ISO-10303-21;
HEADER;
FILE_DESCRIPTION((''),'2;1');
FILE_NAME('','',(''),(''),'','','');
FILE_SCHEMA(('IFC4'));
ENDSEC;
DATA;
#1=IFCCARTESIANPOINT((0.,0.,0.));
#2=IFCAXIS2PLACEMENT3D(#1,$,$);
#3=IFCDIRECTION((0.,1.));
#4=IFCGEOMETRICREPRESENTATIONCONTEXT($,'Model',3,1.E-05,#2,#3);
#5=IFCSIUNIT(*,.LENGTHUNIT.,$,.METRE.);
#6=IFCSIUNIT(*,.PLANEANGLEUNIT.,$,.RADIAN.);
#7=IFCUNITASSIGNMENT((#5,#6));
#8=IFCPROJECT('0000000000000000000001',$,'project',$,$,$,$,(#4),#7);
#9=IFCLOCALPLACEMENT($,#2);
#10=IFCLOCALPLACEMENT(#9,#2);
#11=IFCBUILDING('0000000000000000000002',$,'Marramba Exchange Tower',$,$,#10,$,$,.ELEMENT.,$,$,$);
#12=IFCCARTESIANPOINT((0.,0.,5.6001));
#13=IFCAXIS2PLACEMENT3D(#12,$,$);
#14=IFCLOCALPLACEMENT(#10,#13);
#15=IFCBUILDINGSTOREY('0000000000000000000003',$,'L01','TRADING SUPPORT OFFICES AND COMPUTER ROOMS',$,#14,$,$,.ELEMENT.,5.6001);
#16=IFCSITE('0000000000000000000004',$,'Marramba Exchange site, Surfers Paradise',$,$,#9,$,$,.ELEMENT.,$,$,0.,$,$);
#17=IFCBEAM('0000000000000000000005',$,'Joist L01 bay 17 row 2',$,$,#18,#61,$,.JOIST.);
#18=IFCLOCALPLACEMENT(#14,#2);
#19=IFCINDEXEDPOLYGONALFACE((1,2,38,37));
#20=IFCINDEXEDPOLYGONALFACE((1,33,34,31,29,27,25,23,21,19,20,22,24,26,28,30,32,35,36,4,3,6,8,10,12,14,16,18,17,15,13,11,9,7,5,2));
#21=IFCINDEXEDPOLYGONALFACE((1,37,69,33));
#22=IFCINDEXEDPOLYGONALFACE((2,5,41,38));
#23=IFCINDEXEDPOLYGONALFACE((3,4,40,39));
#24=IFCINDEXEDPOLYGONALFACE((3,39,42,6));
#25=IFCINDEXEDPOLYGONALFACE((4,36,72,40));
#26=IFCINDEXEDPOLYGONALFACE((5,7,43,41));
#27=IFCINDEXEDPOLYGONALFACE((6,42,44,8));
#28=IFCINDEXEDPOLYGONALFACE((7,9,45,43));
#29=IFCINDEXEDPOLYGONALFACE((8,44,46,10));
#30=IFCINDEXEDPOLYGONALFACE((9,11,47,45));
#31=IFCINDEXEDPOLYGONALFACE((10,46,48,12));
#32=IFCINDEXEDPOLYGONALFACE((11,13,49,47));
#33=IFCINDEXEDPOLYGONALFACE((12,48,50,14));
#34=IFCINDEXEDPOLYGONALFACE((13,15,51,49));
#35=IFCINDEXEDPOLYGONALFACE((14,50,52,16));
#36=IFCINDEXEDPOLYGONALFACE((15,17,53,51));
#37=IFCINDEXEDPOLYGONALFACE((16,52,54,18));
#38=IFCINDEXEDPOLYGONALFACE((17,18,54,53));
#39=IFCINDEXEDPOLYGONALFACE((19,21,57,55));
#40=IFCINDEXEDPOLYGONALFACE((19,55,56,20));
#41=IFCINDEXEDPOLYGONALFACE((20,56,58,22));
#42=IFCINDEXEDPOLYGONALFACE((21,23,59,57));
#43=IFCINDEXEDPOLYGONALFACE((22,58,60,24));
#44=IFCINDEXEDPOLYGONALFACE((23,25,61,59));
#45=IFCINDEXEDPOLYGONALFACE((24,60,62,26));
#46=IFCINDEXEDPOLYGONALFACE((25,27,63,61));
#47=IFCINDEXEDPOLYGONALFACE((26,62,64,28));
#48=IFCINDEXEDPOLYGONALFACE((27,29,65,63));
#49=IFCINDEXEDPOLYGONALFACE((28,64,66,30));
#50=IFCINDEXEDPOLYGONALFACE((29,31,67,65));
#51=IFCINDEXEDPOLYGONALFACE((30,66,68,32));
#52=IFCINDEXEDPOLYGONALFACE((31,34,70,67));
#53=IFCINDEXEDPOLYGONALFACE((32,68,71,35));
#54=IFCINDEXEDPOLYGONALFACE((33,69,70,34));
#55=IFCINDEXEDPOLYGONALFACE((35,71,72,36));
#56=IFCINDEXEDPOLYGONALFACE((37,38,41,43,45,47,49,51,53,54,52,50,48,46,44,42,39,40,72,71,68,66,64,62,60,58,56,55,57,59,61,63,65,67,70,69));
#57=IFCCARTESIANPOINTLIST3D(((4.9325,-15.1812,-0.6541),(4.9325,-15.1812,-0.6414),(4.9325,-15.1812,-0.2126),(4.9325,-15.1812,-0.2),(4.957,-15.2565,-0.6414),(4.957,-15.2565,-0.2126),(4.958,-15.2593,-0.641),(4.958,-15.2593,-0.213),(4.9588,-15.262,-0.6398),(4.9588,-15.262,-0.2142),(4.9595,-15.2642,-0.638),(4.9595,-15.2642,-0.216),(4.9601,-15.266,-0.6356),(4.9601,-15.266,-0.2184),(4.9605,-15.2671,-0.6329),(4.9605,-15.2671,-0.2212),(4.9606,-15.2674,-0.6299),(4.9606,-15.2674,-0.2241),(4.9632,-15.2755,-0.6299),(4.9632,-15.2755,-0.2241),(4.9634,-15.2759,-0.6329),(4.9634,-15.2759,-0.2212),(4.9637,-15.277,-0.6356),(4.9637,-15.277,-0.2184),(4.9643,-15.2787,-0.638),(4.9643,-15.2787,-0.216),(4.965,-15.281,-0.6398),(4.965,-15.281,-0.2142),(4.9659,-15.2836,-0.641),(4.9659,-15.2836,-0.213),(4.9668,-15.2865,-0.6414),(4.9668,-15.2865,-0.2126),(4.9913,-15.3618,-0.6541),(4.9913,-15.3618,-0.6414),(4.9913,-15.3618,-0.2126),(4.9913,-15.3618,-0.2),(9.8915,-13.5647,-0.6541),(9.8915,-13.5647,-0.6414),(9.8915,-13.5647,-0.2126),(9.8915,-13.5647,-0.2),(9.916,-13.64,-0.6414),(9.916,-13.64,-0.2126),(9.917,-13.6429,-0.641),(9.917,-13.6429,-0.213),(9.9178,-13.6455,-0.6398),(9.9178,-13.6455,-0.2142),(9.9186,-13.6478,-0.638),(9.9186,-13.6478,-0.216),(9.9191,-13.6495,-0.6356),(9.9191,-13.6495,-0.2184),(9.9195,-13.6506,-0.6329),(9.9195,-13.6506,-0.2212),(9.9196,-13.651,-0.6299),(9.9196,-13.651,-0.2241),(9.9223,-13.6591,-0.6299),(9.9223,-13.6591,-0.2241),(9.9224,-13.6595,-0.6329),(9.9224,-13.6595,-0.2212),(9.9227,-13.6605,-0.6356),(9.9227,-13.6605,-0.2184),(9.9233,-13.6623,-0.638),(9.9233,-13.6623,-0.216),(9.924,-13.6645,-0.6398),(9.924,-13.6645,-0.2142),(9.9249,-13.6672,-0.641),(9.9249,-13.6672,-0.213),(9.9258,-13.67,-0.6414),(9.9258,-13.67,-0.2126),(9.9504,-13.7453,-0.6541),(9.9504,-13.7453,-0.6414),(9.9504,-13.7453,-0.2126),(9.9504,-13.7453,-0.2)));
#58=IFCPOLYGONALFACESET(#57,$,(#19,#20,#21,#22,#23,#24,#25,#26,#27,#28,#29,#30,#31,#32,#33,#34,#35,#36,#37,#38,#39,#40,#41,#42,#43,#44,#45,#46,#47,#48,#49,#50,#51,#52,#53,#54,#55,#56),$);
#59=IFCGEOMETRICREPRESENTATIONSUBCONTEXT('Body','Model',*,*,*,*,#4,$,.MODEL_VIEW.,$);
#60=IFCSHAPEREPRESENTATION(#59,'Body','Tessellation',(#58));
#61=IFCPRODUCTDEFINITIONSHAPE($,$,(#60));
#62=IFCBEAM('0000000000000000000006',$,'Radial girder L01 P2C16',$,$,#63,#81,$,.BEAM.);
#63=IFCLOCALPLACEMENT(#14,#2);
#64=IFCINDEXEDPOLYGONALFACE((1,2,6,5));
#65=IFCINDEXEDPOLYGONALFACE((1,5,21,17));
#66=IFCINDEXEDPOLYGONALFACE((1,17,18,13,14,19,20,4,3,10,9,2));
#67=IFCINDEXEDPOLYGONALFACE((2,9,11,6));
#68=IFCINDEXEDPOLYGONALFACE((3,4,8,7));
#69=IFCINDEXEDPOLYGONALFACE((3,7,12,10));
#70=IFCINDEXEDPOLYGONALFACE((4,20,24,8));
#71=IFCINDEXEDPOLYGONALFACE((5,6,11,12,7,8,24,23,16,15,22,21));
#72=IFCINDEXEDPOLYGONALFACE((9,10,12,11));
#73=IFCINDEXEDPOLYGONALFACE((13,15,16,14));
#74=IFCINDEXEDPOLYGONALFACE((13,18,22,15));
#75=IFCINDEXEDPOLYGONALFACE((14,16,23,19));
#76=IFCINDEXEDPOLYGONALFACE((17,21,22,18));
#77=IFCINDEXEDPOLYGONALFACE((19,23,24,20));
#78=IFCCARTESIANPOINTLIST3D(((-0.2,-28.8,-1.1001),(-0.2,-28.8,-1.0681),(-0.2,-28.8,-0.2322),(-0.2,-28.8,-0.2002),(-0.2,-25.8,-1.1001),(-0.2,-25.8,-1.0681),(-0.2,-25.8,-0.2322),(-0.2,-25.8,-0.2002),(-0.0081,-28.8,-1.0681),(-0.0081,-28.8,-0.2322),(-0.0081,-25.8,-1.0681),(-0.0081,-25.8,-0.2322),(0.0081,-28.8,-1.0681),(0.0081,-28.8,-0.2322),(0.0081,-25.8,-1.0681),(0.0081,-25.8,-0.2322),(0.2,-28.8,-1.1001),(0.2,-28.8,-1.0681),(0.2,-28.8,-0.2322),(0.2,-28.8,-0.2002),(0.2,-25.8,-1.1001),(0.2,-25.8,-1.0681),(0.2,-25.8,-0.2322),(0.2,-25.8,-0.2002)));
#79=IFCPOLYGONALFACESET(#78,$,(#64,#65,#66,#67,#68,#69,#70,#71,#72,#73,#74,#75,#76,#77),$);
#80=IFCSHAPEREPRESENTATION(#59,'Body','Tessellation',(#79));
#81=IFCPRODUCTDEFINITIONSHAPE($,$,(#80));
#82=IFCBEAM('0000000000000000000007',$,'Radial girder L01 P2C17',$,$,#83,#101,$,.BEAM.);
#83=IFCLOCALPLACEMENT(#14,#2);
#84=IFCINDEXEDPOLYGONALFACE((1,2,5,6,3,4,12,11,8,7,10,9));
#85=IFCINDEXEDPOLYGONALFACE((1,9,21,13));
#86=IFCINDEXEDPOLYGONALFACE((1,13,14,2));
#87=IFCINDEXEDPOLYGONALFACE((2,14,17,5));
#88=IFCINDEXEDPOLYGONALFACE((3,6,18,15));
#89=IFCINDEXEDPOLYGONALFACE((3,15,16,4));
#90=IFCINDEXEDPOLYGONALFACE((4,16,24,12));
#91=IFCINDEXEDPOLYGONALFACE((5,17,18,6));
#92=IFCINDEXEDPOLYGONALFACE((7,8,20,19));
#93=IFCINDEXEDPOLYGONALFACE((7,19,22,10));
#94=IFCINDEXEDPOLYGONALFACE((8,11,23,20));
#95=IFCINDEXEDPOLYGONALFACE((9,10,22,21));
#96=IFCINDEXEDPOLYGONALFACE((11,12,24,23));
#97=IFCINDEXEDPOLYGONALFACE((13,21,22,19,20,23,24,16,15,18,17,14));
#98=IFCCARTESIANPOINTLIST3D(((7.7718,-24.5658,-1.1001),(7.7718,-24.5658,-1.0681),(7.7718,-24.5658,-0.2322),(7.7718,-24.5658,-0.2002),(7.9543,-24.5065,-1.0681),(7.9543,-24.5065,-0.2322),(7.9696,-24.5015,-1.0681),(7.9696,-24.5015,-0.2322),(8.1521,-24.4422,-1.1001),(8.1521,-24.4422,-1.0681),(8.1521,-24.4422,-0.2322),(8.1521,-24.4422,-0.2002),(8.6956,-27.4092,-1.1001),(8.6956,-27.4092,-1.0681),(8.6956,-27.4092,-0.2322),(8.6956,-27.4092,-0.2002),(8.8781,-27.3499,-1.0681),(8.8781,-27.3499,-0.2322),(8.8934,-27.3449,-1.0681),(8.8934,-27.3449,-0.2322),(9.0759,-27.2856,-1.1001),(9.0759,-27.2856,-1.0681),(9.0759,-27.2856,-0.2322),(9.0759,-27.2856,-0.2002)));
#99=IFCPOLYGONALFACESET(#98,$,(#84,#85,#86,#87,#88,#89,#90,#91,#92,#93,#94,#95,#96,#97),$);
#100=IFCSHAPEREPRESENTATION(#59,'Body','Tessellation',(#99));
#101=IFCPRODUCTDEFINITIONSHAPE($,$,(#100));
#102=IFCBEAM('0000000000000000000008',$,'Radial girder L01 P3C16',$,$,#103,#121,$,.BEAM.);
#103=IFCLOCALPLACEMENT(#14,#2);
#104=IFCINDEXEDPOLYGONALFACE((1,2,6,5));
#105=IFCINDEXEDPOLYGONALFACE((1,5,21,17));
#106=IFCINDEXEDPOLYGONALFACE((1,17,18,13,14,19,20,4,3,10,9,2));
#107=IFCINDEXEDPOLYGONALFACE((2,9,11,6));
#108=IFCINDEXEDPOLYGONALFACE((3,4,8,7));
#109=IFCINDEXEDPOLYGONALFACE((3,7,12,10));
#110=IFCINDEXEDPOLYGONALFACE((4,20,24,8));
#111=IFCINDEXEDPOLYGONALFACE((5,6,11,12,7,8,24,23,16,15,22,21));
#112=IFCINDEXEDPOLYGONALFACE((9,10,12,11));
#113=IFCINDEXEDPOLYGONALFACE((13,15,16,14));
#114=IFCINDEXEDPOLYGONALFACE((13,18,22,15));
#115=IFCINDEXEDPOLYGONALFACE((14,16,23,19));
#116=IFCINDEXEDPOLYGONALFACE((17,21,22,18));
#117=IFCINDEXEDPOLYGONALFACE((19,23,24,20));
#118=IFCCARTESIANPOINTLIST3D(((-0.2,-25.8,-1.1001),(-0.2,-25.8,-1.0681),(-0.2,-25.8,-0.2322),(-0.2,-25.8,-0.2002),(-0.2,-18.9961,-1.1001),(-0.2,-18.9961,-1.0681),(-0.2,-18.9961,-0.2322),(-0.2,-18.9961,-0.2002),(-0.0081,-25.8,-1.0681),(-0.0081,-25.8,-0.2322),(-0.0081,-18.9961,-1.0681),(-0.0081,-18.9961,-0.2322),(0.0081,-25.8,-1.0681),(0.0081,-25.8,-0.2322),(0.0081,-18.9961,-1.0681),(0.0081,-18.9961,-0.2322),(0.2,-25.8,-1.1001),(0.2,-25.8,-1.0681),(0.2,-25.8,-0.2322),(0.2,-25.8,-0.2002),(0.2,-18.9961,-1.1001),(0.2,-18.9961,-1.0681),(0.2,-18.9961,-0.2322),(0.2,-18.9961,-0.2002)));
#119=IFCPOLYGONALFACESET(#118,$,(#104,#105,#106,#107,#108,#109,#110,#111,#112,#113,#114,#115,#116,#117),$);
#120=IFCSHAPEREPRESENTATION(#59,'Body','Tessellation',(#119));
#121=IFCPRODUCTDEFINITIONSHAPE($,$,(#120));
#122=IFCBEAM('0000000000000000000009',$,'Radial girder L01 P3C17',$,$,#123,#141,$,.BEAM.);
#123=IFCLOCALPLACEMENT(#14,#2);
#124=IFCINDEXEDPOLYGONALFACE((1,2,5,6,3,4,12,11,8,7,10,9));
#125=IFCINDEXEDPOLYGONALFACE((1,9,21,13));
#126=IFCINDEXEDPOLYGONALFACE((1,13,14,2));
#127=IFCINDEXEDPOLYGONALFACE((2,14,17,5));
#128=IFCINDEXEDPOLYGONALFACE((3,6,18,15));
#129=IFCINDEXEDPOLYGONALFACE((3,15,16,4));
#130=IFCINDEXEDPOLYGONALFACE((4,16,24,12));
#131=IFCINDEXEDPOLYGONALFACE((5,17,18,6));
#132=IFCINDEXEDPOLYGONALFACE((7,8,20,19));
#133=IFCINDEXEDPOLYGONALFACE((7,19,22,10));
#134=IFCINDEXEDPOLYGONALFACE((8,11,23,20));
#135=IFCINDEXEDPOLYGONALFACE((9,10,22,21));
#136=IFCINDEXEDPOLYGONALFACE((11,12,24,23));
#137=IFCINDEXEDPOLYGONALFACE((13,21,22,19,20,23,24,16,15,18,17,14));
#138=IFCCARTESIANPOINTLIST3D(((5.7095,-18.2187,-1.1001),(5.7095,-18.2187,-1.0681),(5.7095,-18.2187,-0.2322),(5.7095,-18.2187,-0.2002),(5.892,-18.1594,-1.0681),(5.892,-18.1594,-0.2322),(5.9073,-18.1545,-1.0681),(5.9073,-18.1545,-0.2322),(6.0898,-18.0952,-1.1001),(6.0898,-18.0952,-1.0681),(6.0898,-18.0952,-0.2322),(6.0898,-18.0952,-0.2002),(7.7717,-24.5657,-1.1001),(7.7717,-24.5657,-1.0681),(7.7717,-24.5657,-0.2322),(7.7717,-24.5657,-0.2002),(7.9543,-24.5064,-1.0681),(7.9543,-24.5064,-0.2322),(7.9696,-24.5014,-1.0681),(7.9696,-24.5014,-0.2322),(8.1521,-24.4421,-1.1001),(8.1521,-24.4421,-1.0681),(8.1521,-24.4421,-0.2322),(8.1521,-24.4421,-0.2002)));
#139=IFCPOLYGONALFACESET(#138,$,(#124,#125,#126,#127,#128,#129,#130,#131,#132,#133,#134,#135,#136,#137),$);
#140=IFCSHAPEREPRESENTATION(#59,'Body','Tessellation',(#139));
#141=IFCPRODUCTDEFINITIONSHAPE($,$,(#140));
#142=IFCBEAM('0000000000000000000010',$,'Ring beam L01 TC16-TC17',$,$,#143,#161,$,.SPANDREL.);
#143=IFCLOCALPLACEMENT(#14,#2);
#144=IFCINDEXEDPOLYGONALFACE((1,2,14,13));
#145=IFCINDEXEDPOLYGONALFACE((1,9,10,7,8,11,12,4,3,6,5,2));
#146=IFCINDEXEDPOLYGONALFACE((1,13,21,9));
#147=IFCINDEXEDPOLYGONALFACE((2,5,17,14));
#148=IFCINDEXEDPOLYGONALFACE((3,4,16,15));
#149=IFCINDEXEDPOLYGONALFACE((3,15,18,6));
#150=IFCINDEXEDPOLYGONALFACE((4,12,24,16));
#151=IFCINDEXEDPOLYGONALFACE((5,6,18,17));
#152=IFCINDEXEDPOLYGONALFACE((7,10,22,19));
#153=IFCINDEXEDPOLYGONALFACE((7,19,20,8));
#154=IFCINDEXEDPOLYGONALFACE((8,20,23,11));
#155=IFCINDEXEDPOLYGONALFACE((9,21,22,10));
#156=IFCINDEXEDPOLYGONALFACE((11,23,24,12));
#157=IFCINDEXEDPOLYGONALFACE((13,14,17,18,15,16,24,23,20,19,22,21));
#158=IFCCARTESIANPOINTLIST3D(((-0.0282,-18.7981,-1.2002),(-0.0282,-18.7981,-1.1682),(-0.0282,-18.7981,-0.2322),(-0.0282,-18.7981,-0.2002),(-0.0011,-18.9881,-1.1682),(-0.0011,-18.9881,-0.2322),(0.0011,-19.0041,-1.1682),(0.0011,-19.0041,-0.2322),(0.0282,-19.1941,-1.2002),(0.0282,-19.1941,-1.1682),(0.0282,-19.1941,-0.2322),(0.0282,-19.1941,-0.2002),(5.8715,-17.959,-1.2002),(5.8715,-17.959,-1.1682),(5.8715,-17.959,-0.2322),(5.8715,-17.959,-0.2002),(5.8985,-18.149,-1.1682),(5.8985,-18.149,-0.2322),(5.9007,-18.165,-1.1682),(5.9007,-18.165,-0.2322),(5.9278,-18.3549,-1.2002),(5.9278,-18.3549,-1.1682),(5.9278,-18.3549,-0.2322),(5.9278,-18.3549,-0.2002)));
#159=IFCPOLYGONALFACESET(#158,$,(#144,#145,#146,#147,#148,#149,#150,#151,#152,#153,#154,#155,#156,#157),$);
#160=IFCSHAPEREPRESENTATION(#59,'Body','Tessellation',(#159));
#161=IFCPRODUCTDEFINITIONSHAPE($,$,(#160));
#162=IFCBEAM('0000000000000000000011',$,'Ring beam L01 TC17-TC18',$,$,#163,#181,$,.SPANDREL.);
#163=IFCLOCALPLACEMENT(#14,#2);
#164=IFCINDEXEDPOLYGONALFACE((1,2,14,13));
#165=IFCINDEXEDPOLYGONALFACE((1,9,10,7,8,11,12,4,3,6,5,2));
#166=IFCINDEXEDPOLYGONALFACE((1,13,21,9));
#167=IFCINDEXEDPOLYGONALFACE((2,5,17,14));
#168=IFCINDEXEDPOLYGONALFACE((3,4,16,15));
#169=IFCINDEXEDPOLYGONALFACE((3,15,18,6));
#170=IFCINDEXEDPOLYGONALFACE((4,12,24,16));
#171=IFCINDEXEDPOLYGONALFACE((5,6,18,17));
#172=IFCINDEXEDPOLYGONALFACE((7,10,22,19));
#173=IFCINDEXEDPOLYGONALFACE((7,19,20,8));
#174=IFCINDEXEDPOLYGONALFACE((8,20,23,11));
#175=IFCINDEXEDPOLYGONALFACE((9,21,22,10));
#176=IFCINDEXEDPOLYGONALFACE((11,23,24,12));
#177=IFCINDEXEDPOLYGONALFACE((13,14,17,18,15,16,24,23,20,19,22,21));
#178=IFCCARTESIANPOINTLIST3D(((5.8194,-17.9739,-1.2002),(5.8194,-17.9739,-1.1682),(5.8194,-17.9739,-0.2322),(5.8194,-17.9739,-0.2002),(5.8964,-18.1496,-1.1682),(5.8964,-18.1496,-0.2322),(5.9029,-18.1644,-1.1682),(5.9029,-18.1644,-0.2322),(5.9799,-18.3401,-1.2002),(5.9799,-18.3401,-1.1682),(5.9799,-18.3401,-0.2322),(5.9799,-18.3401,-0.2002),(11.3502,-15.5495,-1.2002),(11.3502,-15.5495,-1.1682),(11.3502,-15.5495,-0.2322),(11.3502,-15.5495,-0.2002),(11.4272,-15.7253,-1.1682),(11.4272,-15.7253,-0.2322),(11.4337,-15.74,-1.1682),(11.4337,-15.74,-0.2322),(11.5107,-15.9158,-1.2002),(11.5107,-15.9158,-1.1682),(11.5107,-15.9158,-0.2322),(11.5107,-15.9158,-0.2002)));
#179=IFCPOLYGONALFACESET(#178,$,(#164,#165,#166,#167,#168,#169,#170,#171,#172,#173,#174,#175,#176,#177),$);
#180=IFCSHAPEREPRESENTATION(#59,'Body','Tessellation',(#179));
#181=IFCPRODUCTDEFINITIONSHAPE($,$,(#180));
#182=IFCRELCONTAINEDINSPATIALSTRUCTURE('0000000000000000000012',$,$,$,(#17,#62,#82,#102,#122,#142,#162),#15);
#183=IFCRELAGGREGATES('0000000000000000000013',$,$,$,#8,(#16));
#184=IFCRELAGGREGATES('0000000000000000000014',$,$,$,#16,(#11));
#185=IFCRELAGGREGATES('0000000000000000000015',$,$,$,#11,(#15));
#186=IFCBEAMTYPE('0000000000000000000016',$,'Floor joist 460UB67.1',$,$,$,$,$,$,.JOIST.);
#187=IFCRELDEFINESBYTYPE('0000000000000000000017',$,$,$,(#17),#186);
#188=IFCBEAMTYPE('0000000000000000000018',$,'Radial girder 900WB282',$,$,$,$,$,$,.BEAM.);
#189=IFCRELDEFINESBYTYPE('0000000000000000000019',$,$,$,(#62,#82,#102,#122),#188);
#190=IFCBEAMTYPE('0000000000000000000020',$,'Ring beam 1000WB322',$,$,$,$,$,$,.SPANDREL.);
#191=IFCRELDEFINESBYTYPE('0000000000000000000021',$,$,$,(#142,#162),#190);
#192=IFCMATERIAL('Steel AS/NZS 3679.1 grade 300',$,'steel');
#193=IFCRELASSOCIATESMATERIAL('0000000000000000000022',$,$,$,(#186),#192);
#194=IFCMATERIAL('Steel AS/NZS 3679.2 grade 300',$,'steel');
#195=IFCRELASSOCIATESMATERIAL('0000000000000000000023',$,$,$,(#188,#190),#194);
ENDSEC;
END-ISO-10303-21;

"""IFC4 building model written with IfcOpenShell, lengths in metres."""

from ifc_helpers import new_model, si_unit, direction, frame, origin, origin_2d, place, context, subcontext, project, spatial, i_section, extrude, material, material_profile, profile_set, type_object, element, save


model = new_model("IFC4")

# Units and contexts
model_context = context("Model", 3, precision=1e-05, world=origin(), true_north=direction((0.0, 1.0)))
body_context = subcontext(model_context, "Body", "Model", "MODEL_VIEW")
ifc_project = project(units=[si_unit("LENGTHUNIT", "METRE"), si_unit("PLANEANGLEUNIT", "RADIAN")], contexts=[model_context])

# Site, building, storey
site_placement = place(None, origin())
site = spatial("IfcSite", under=ifc_project, at=site_placement, Name="Marramba Exchange site, Surfers Paradise", CompositionType="ELEMENT", RefElevation=0.0)
building_placement = place(site_placement, origin())
building = spatial("IfcBuilding", under=site, at=building_placement, Name="Marramba Exchange Tower", CompositionType="ELEMENT")
storey_placement = place(building_placement, frame((0.0, 0.0, 5.6001)))
storey = spatial("IfcBuildingStorey", under=building, at=storey_placement, Name="L01", Description="TRADING SUPPORT OFFICES AND COMPUTER ROOMS", CompositionType="ELEMENT", Elevation=5.6001)

# Beams
ifc_material_1 = material(Name="Steel AS/NZS 3679.1 grade 300", Category="steel")
ifc_material_profile_1 = material_profile(ifc_material_1, i_section(OverallWidth=0.1899, OverallDepth=0.4541, WebThickness=0.0085, FlangeThickness=0.0127, FilletRadius=0.0115, at=origin_2d()), Name="460UB67.1")
ifc_profile_set_1 = profile_set([ifc_material_profile_1], Name="Steel AS/NZS 3679.1 grade 300")
beam_type_1 = type_object("IfcBeamType", Name="Floor joist 460UB67.1", PredefinedType="JOIST", material=ifc_profile_set_1)
beam_1_placement = place(storey_placement, frame((4.9619, -15.2715, -0.427), z_axis=(0.950764, 0.309916, 0.0), x_axis=(-0.309916, 0.950764, 0.0)))
element("IfcBeam", 1, at=beam_1_placement, inside=storey, type_object=beam_type_1, Name="Joist L01 bay 17 row 2", PredefinedType="JOIST", context=body_context, shape_type="SweptSolid", body=[
    extrude(i_section(OverallWidth=0.1899, OverallDepth=0.4541, WebThickness=0.0085, FlangeThickness=0.0127, FilletRadius=0.0115, at=origin_2d()), origin(), (0.0, 0.0, 1.0), 5.2158),
])
ifc_material_2 = material(Name="Steel AS/NZS 3679.2 grade 300", Category="steel")
ifc_material_profile_2 = material_profile(ifc_material_2, i_section(OverallWidth=0.3999, OverallDepth=0.8999, WebThickness=0.0161, FlangeThickness=0.032, at=origin_2d()), Name="900WB282")
ifc_profile_set_2 = profile_set([ifc_material_profile_2], Name="Steel AS/NZS 3679.2 grade 300")
beam_type_2 = type_object("IfcBeamType", Name="Radial girder 900WB282", PredefinedType="BEAM", material=ifc_profile_set_2)
beam_2_placement = place(storey_placement, frame((0.0, -28.8, -0.6501), z_axis=(0.0, 1.0, 0.0), x_axis=(-1.0, 0.0, 0.0)))
element("IfcBeam", 2, at=beam_2_placement, inside=storey, type_object=beam_type_2, Name="Radial girder L01 P2C16", PredefinedType="BEAM", context=body_context, shape_type="SweptSolid", body=[
    extrude(i_section(OverallWidth=0.3999, OverallDepth=0.8999, WebThickness=0.0161, FlangeThickness=0.032, at=origin_2d()), origin(), (0.0, 0.0, 1.0), 3.0),
])
beam_3_placement = place(storey_placement, frame((8.8857, -27.3474, -0.6501), z_axis=(-0.308992, 0.951065, 0.0), x_axis=(-0.951065, -0.308992, 0.0)))
element("IfcBeam", 3, at=beam_3_placement, inside=storey, type_object=beam_type_2, Name="Radial girder L01 P2C17", PredefinedType="BEAM", context=body_context, shape_type="SweptSolid", body=[
    extrude(i_section(OverallWidth=0.3999, OverallDepth=0.8999, WebThickness=0.0161, FlangeThickness=0.032, at=origin_2d()), origin(), (0.0, 0.0, 1.0), 2.9897),
])
beam_4_placement = place(storey_placement, frame((0.0, -25.8, -0.6501), z_axis=(0.0, 1.0, 0.0), x_axis=(-1.0, 0.0, 0.0)))
element("IfcBeam", 4, at=beam_4_placement, inside=storey, type_object=beam_type_2, Name="Radial girder L01 P3C16", PredefinedType="BEAM", context=body_context, shape_type="SweptSolid", body=[
    extrude(i_section(OverallWidth=0.3999, OverallDepth=0.8999, WebThickness=0.0161, FlangeThickness=0.032, at=origin_2d()), origin(), (0.0, 0.0, 1.0), 6.804),
])
beam_5_placement = place(storey_placement, frame((7.9619, -24.5039, -0.6501), z_axis=(-0.309019, 0.951056, 0.0), x_axis=(-0.951056, -0.309019, 0.0)))
element("IfcBeam", 5, at=beam_5_placement, inside=storey, type_object=beam_type_2, Name="Radial girder L01 P3C17", PredefinedType="BEAM", context=body_context, shape_type="SweptSolid", body=[
    extrude(i_section(OverallWidth=0.3999, OverallDepth=0.8999, WebThickness=0.0161, FlangeThickness=0.032, at=origin_2d()), origin(), (0.0, 0.0, 1.0), 6.6736),
])
ifc_material_profile_3 = material_profile(ifc_material_2, i_section(OverallWidth=0.3999, OverallDepth=1.0, WebThickness=0.0161, FlangeThickness=0.032, at=origin_2d()), Name="1000WB322")
ifc_profile_set_3 = profile_set([ifc_material_profile_3], Name="Steel AS/NZS 3679.2 grade 300")
beam_type_3 = type_object("IfcBeamType", Name="Ring beam 1000WB322", PredefinedType="SPANDREL", material=ifc_profile_set_3)
beam_6_placement = place(storey_placement, frame((0.0, -18.9961, -0.7002), z_axis=(0.990036, 0.140813, 0.0), x_axis=(-0.140813, 0.990036, 0.0)))
element("IfcBeam", 6, at=beam_6_placement, inside=storey, type_object=beam_type_3, Name="Ring beam L01 TC16-TC17", PredefinedType="SPANDREL", context=body_context, shape_type="SweptSolid", body=[
    extrude(i_section(OverallWidth=0.3999, OverallDepth=1.0, WebThickness=0.0161, FlangeThickness=0.032, at=origin_2d()), origin(), (0.0, 0.0, 1.0), 5.959),
])
beam_7_placement = place(storey_placement, frame((5.8997, -18.157, -0.7002), z_axis=(0.915877, 0.401459, 0.0), x_axis=(-0.401459, 0.915877, 0.0)))
element("IfcBeam", 7, at=beam_7_placement, inside=storey, type_object=beam_type_3, Name="Ring beam L01 TC17-TC18", PredefinedType="SPANDREL", context=body_context, shape_type="SweptSolid", body=[
    extrude(i_section(OverallWidth=0.3999, OverallDepth=1.0, WebThickness=0.0161, FlangeThickness=0.032, at=origin_2d()), origin(), (0.0, 0.0, 1.0), 6.0388),
])

save(model, "model.ifc")
